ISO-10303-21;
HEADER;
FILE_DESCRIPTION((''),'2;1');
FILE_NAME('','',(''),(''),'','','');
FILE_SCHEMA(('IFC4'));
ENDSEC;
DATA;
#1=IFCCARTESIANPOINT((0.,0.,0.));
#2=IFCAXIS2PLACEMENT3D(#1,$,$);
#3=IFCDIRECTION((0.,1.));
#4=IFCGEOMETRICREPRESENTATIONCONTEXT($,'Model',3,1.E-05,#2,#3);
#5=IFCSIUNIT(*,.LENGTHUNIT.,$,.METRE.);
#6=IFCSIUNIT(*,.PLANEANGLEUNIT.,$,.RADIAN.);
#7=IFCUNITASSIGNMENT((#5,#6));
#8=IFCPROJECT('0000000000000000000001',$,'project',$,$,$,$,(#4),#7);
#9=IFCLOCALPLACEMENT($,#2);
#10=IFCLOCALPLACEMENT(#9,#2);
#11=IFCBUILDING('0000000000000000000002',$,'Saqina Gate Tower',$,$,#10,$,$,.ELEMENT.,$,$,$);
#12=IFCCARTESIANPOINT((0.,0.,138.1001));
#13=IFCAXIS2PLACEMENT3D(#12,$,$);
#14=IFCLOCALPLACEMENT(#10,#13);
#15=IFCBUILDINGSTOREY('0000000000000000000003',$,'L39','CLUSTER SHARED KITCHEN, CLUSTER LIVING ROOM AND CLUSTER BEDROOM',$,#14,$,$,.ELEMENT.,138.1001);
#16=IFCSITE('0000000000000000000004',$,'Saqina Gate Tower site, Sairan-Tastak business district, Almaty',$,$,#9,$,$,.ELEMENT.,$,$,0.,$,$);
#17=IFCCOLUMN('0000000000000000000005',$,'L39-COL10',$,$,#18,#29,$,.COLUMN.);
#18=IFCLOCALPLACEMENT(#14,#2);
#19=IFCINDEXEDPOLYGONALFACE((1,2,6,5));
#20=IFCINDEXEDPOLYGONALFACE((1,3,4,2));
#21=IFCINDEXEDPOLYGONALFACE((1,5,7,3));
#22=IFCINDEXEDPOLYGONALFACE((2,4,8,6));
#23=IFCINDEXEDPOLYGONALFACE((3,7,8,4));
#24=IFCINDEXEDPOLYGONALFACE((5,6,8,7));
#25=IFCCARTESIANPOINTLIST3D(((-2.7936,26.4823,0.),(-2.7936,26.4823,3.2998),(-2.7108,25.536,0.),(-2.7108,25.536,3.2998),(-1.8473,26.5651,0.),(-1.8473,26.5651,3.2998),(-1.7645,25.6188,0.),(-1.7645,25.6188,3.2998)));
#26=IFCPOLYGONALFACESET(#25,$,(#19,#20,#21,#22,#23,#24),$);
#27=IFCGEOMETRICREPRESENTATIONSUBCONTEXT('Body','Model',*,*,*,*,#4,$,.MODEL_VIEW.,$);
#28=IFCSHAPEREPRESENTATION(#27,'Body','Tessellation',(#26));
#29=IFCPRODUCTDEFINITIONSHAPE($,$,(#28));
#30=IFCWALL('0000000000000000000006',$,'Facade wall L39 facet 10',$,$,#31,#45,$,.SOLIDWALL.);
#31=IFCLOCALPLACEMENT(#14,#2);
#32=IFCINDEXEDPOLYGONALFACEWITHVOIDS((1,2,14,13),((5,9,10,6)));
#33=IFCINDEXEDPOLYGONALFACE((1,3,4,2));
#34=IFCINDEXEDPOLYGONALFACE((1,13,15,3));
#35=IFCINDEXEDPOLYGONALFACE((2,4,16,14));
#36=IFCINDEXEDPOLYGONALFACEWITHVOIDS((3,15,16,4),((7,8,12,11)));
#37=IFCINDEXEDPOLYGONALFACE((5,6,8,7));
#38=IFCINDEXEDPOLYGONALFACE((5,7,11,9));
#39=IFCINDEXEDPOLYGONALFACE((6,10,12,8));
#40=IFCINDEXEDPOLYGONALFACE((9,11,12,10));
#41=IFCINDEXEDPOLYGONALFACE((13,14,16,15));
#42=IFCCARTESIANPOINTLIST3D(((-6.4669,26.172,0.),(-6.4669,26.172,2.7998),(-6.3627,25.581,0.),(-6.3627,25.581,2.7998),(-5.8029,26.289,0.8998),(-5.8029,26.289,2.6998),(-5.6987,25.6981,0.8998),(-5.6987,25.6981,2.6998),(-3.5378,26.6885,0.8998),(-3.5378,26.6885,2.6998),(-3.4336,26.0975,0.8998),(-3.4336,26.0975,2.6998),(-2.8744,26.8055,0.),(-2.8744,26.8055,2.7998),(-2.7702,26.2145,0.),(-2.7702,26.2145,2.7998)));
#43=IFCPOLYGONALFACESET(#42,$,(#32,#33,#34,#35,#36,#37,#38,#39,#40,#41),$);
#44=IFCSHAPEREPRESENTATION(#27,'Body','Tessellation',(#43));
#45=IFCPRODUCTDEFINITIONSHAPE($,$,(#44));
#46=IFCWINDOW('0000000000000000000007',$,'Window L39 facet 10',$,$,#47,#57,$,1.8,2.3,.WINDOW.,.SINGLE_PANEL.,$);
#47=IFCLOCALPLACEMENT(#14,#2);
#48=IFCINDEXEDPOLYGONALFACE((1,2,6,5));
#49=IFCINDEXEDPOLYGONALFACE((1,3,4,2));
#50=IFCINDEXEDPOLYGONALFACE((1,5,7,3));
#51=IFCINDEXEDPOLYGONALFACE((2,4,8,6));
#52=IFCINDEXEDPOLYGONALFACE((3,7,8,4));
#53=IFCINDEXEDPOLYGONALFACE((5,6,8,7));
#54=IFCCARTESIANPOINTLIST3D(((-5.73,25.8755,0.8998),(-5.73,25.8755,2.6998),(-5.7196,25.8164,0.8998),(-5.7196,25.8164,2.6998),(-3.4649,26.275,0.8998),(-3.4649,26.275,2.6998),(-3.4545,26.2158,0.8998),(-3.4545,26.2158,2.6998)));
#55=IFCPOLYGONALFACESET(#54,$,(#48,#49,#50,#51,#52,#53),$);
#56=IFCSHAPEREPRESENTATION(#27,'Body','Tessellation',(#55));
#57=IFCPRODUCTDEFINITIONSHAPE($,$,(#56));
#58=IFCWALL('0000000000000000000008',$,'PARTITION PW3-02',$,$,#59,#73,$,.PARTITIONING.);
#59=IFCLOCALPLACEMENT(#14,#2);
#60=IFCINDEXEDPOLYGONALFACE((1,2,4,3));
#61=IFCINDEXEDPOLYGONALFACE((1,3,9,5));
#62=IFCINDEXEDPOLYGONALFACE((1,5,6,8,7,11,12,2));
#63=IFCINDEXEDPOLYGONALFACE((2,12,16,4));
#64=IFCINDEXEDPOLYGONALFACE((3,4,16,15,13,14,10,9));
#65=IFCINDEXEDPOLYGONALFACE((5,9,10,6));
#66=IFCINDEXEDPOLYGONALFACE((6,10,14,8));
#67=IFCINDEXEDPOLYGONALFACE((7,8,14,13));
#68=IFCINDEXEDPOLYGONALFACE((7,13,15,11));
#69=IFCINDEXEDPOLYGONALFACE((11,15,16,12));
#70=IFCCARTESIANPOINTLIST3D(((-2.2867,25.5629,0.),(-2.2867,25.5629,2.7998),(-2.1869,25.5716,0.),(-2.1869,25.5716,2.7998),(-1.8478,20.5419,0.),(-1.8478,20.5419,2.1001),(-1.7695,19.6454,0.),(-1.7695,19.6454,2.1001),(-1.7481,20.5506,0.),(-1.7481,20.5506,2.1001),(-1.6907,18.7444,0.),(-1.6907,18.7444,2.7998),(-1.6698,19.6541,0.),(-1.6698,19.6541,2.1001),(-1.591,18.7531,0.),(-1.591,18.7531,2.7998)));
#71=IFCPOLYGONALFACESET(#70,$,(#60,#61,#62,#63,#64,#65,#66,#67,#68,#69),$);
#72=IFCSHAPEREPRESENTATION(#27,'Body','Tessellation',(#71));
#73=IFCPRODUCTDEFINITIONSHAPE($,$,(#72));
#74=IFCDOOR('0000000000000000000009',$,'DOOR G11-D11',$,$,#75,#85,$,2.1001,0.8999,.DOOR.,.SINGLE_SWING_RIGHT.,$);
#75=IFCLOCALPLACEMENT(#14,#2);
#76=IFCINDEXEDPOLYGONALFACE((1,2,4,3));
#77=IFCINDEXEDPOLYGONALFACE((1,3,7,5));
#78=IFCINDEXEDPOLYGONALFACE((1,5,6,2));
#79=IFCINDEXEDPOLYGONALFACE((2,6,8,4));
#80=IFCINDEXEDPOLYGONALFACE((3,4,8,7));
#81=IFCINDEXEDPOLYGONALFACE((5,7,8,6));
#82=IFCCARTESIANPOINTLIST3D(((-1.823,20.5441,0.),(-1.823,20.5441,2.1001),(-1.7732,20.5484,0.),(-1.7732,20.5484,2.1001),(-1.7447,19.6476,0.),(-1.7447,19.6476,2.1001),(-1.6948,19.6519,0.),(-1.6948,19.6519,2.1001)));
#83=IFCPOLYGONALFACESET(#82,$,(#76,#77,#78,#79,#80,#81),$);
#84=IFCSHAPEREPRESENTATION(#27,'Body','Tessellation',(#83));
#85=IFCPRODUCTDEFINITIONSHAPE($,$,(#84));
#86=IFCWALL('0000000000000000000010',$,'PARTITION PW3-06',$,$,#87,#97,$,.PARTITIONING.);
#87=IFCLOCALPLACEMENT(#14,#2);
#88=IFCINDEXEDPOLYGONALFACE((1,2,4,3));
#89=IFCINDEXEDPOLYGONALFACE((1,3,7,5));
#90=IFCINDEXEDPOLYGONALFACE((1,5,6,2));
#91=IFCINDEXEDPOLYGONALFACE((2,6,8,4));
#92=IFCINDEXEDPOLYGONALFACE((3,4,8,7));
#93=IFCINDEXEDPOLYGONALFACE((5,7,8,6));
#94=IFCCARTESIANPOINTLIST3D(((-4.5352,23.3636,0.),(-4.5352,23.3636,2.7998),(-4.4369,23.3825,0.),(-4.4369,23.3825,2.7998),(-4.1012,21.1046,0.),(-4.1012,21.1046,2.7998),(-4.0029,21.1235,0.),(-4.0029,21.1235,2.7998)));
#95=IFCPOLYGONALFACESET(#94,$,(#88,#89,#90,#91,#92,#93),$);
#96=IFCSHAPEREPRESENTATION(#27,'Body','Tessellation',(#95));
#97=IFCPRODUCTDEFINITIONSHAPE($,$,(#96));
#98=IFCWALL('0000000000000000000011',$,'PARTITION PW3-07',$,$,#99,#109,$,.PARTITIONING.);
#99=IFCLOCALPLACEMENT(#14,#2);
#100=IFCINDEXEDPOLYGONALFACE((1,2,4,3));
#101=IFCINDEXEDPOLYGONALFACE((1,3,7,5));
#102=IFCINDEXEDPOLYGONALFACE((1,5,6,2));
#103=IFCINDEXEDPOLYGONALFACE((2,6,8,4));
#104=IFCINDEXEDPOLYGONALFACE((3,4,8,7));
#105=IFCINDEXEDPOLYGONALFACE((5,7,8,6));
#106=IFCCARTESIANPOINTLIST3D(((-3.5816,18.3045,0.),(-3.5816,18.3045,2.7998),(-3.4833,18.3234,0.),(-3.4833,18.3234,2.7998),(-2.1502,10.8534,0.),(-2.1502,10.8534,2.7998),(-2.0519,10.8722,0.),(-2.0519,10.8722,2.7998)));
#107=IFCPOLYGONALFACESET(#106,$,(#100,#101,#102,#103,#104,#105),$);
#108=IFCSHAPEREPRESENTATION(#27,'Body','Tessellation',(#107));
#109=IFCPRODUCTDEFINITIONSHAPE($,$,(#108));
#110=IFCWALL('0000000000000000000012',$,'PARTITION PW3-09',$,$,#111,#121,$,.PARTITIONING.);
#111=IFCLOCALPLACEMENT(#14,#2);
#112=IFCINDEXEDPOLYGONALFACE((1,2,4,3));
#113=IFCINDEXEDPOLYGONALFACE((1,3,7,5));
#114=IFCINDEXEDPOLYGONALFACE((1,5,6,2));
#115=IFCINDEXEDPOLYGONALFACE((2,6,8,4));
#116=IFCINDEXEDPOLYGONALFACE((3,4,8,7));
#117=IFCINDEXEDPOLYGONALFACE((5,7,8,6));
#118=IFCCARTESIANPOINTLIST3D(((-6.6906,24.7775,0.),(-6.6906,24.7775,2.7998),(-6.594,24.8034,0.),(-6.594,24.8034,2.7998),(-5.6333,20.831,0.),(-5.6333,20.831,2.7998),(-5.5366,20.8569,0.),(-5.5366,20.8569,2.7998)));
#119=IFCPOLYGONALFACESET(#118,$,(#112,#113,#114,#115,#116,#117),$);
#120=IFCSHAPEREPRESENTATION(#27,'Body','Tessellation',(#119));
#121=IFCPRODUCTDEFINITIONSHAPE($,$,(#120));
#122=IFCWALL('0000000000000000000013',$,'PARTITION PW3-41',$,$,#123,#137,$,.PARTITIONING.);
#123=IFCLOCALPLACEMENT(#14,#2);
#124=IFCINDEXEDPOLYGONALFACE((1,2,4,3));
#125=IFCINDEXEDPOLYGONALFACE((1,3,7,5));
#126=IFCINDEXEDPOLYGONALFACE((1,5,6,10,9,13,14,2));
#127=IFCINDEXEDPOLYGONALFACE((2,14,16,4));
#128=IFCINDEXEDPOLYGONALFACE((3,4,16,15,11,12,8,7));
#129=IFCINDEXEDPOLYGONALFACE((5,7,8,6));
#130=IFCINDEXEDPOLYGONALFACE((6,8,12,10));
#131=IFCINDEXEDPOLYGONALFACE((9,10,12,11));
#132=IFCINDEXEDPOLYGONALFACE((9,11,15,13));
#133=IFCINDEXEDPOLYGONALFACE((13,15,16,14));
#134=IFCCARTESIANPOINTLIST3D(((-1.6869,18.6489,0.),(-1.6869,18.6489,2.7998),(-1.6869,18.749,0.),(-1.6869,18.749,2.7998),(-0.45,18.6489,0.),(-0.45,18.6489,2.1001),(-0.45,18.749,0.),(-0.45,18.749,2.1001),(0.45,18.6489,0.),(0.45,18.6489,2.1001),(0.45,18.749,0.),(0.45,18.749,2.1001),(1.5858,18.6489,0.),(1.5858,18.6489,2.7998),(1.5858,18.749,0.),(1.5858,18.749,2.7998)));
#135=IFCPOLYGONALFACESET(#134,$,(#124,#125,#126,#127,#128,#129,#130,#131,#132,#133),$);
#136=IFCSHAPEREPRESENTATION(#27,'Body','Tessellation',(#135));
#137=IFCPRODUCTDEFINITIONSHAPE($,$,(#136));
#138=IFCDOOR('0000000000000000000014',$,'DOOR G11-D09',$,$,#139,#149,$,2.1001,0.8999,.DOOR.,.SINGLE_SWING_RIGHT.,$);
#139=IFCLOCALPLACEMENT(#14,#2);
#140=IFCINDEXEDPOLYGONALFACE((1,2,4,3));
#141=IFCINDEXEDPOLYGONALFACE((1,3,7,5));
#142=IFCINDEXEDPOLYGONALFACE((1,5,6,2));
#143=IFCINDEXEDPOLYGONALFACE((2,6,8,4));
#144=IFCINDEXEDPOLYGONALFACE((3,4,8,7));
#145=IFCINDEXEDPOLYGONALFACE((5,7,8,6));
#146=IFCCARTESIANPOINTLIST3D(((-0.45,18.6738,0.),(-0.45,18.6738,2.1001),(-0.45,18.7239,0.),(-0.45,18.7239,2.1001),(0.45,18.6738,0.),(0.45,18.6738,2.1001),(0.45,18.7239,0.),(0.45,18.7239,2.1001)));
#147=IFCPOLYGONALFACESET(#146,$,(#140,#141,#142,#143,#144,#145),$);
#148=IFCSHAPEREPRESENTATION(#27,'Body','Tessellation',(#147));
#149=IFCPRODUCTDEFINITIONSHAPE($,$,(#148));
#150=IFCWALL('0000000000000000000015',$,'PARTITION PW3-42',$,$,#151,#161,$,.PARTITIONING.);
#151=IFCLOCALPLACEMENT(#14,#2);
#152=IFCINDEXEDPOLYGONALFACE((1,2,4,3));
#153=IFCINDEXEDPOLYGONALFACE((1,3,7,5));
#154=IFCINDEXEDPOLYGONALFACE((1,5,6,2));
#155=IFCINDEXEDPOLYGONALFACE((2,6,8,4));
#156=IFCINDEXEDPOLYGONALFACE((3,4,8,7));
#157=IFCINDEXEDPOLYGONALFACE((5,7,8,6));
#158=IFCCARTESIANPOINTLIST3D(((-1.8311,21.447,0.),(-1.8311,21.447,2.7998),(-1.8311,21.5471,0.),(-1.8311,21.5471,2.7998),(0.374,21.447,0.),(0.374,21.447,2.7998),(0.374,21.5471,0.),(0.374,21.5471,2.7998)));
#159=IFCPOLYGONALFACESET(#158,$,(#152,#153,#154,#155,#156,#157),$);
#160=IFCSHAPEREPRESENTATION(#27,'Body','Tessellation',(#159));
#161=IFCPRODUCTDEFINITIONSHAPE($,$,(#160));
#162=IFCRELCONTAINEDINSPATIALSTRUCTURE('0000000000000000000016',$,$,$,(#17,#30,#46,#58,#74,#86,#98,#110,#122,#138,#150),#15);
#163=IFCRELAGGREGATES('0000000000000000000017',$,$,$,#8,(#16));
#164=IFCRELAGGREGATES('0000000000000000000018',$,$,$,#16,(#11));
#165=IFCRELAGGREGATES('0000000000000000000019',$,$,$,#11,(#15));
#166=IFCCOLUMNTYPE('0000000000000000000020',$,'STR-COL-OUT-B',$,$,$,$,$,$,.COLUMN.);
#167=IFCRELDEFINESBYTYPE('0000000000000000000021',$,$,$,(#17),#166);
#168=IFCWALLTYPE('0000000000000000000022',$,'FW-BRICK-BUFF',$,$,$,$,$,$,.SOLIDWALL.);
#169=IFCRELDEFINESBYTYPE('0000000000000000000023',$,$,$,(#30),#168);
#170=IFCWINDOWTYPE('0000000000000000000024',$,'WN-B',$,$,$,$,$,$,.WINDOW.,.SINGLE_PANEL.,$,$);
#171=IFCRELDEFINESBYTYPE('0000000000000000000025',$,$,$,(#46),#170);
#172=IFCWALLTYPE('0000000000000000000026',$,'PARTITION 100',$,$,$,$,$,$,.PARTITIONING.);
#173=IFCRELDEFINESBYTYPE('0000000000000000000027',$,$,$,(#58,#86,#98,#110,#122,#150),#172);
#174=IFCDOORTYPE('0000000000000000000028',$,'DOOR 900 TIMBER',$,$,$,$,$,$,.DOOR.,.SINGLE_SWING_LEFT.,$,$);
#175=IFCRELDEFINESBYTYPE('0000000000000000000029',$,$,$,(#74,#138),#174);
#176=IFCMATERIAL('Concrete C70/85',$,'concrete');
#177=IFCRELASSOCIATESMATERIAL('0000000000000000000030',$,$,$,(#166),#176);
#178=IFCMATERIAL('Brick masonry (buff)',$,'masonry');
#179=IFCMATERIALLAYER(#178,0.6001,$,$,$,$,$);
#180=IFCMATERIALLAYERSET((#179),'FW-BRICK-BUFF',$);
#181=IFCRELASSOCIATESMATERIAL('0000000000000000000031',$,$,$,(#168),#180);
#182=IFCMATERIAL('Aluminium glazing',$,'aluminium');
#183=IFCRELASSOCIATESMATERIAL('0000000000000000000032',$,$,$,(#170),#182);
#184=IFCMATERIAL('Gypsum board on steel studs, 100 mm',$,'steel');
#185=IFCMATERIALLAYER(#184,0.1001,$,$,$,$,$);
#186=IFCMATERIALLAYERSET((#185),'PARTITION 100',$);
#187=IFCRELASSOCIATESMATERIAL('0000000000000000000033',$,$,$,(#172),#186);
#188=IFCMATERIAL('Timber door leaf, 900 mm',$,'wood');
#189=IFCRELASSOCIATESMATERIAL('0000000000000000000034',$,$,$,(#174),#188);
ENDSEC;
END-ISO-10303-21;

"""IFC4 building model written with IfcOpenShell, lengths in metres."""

from ifc_helpers import new_model, si_unit, direction, frame, frame_2d, origin, origin_2d, place, context, subcontext, project, spatial, rectangle, extrude, material, layer, layer_set, material_profile, profile_set, type_object, element, fill, save


model = new_model("IFC4")

# Units and contexts
model_context = context("Model", 3, precision=1e-05, world=origin(), true_north=direction((0.0, 1.0)))
body_context = subcontext(model_context, "Body", "Model", "MODEL_VIEW")
ifc_project = project(units=[si_unit("LENGTHUNIT", "METRE"), si_unit("PLANEANGLEUNIT", "RADIAN")], contexts=[model_context])

# Site, building, storey
site_placement = place(None, origin())
site = spatial("IfcSite", under=ifc_project, at=site_placement, Name="Saqina Gate Tower site, Sairan-Tastak business district, Almaty", CompositionType="ELEMENT", RefElevation=0.0)
building_placement = place(site_placement, origin())
building = spatial("IfcBuilding", under=site, at=building_placement, Name="Saqina Gate Tower", CompositionType="ELEMENT")
storey_placement = place(building_placement, frame((0.0, 0.0, 138.1001)))
storey = spatial("IfcBuildingStorey", under=building, at=storey_placement, Name="L39", Description="CLUSTER SHARED KITCHEN, CLUSTER LIVING ROOM AND CLUSTER BEDROOM", CompositionType="ELEMENT", Elevation=138.1001)

# Column
ifc_material_1 = material(Name="Concrete C70/85", Category="concrete")
ifc_material_profile = material_profile(ifc_material_1, rectangle(XDim=0.95, YDim=0.95, at=origin_2d()), Name="RC 950x950")
ifc_profile_set = profile_set([ifc_material_profile], Name="Concrete C70/85")
column_type = type_object("IfcColumnType", Name="STR-COL-OUT-B", PredefinedType="COLUMN", material=ifc_profile_set)
column_placement = place(storey_placement, frame((-2.2791, 26.0505, 0.0), z_axis=(0.0, 0.0, 1.0), x_axis=(-0.087156, 0.996195, 0.0)))
element("IfcColumn", 1, at=column_placement, inside=storey, type_object=column_type, Name="L39-COL10", PredefinedType="COLUMN", context=body_context, shape_type="SweptSolid", body=[
    extrude(rectangle(XDim=0.95, YDim=0.95, at=origin_2d()), origin(), (0.0, 0.0, 1.0), 3.2998),
])

# Wall, opening, window
ifc_material_2 = material(Name="Brick masonry (buff)", Category="masonry")
ifc_layer_1 = layer(ifc_material_2, 0.6001)
ifc_layer_set_1 = layer_set([ifc_layer_1], Name="FW-BRICK-BUFF")
wall_type_1 = type_object("IfcWallType", Name="FW-BRICK-BUFF", PredefinedType="SOLIDWALL", material=ifc_layer_set_1)
wall_1_placement = place(storey_placement, frame((-2.8223, 26.51, 0.0), z_axis=(0.0, 0.0, 1.0), x_axis=(-0.984804, -0.173671, 0.0)))
wall_1 = element("IfcWall", 2, at=wall_1_placement, inside=storey, type_object=wall_type_1, Name="Facade wall L39 facet 10", PredefinedType="SOLIDWALL", context=body_context, shape_type="SweptSolid", body=[
    extrude(rectangle(XDim=3.6479, YDim=0.6001, at=frame_2d((1.824, 0.0))), origin(), (0.0, 0.0, 1.0), 2.7998),
])
opening_1_placement = place(wall_1_placement, frame((0.6738, 0.0, 0.8999)))
opening_1 = element("IfcOpeningElement", 3, at=opening_1_placement, cuts=wall_1, PredefinedType="OPENING", context=body_context, shape_type="SweptSolid", body=[
    extrude(rectangle(XDim=2.3, YDim=1.8, at=frame_2d((1.1499, 0.8999))), frame((0.0, 0.312, 0.0), z_axis=(0.0, -1.0, 0.0), x_axis=(1.0, 0.0, 0.0)), (0.0, 0.0, 1.0), 0.624),
])
ifc_material_3 = material(Name="Aluminium glazing", Category="aluminium")
window_type = type_object("IfcWindowType", Name="WN-B", PartitioningType="SINGLE_PANEL", PredefinedType="WINDOW", material=ifc_material_3)
window_placement = place(opening_1_placement, origin())
window = element("IfcWindow", 4, at=window_placement, inside=storey, type_object=window_type, Name="Window L39 facet 10", OverallHeight=1.8, OverallWidth=2.3, PartitioningType="SINGLE_PANEL", PredefinedType="WINDOW", context=body_context, shape_type="SweptSolid", body=[
    extrude(rectangle(XDim=2.3, YDim=1.8, at=frame_2d((1.1499, 0.8999))), frame((0.0, 0.1799, 0.0), z_axis=(0.0, -1.0, 0.0), x_axis=(1.0, 0.0, 0.0)), (0.0, 0.0, 1.0), 0.0601),
])
fill(opening_1, window)

# Wall, opening, door
ifc_material_4 = material(Name="Gypsum board on steel studs, 100 mm", Category="steel")
ifc_layer_2 = layer(ifc_material_4, 0.1001)
ifc_layer_set_2 = layer_set([ifc_layer_2], Name="PARTITION 100")
wall_type_2 = type_object("IfcWallType", Name="PARTITION 100", PredefinedType="PARTITIONING", material=ifc_layer_set_2)
wall_2_placement = place(storey_placement, frame((-2.2368, 25.5674, 0.0), z_axis=(0.0, 0.0, 1.0), x_axis=(0.087068, -0.996202, 0.0)))
wall_2 = element("IfcWall", 5, at=wall_2_placement, inside=storey, type_object=wall_type_2, Name="PARTITION PW3-02", PredefinedType="PARTITIONING", context=body_context, shape_type="SweptSolid", body=[
    extrude(rectangle(XDim=6.8445, YDim=0.1001, at=frame_2d((3.4224, 0.0))), origin(), (0.0, 0.0, 1.0), 2.7998),
])
opening_2_placement = place(wall_2_placement, frame((5.0403, 0.0, 0.0)))
opening_2 = element("IfcOpeningElement", 6, at=opening_2_placement, cuts=wall_2, PredefinedType="OPENING", context=body_context, shape_type="SweptSolid", body=[
    extrude(rectangle(XDim=0.8999, YDim=2.1001, at=frame_2d((0.45, 1.05))), frame((0.0, 0.062, 0.0), z_axis=(0.0, -1.0, 0.0), x_axis=(1.0, 0.0, 0.0)), (0.0, 0.0, 1.0), 0.124),
])
ifc_material_5 = material(Name="Timber door leaf, 900 mm", Category="wood")
door_type_1 = type_object("IfcDoorType", Name="DOOR 900 TIMBER", OperationType="SINGLE_SWING_LEFT", PredefinedType="DOOR", material=ifc_material_5)
door_1_placement = place(opening_2_placement, origin())
door_1 = element("IfcDoor", 7, at=door_1_placement, inside=storey, type_object=door_type_1, Name="DOOR G11-D11", OperationType="SINGLE_SWING_RIGHT", OverallHeight=2.1001, OverallWidth=0.8999, PredefinedType="DOOR", context=body_context, shape_type="SweptSolid", body=[
    extrude(rectangle(XDim=0.8999, YDim=2.1001, at=frame_2d((0.45, 1.05))), frame((0.0, 0.0249, 0.0), z_axis=(0.0, -1.0, 0.0), x_axis=(1.0, 0.0, 0.0)), (0.0, 0.0, 1.0), 0.05),
])
fill(opening_2, door_1)

# Walls
wall_3_placement = place(storey_placement, frame((-4.4861, 23.373, 0.0), z_axis=(0.0, 0.0, 1.0), x_axis=(0.188702, -0.982034, 0.0)))
element("IfcWall", 8, at=wall_3_placement, inside=storey, type_object=wall_type_2, Name="PARTITION PW3-06", PredefinedType="PARTITIONING", context=body_context, shape_type="SweptSolid", body=[
    extrude(rectangle(XDim=2.3003, YDim=0.1001, at=frame_2d((1.1501, 0.0))), origin(), (0.0, 0.0, 1.0), 2.7998),
])
wall_4_placement = place(storey_placement, frame((-3.5325, 18.314, 0.0), z_axis=(0.0, 0.0, 1.0), x_axis=(0.188654, -0.982044, 0.0)))
element("IfcWall", 9, at=wall_4_placement, inside=storey, type_object=wall_type_2, Name="PARTITION PW3-07", PredefinedType="PARTITIONING", context=body_context, shape_type="SweptSolid", body=[
    extrude(rectangle(XDim=7.5874, YDim=0.1001, at=frame_2d((3.7937, 0.0))), origin(), (0.0, 0.0, 1.0), 2.7998),
])
wall_5_placement = place(storey_placement, frame((-6.6423, 24.7905, 0.0), z_axis=(0.0, 0.0, 1.0), x_axis=(0.258797, -0.965932, 0.0)))
element("IfcWall", 10, at=wall_5_placement, inside=storey, type_object=wall_type_2, Name="PARTITION PW3-09", PredefinedType="PARTITIONING", context=body_context, shape_type="SweptSolid", body=[
    extrude(rectangle(XDim=4.0857, YDim=0.1001, at=frame_2d((2.043, 0.0))), origin(), (0.0, 0.0, 1.0), 2.7998),
])

# Wall, opening, door
wall_6_placement = place(storey_placement, frame((-1.6868, 18.699, 0.0), z_axis=(0.0, 0.0, 1.0), x_axis=(1.0, 0.0, 0.0)))
wall_6 = element("IfcWall", 11, at=wall_6_placement, inside=storey, type_object=wall_type_2, Name="PARTITION PW3-41", PredefinedType="PARTITIONING", context=body_context, shape_type="SweptSolid", body=[
    extrude(rectangle(XDim=3.2727, YDim=0.1001, at=frame_2d((1.6362, 0.0))), origin(), (0.0, 0.0, 1.0), 2.7998),
])
opening_3_placement = place(wall_6_placement, frame((1.2368, 0.0, 0.0)))
opening_3 = element("IfcOpeningElement", 12, at=opening_3_placement, cuts=wall_6, PredefinedType="OPENING", context=body_context, shape_type="SweptSolid", body=[
    extrude(rectangle(XDim=0.8999, YDim=2.1001, at=frame_2d((0.45, 1.05))), frame((0.0, 0.062, 0.0), z_axis=(0.0, -1.0, 0.0), x_axis=(1.0, 0.0, 0.0)), (0.0, 0.0, 1.0), 0.124),
])
door_2_placement = place(opening_3_placement, origin())
door_2 = element("IfcDoor", 13, at=door_2_placement, inside=storey, type_object=door_type_1, Name="DOOR G11-D09", OperationType="SINGLE_SWING_RIGHT", OverallHeight=2.1001, OverallWidth=0.8999, PredefinedType="DOOR", context=body_context, shape_type="SweptSolid", body=[
    extrude(rectangle(XDim=0.8999, YDim=2.1001, at=frame_2d((0.45, 1.05))), frame((0.0, 0.0249, 0.0), z_axis=(0.0, -1.0, 0.0), x_axis=(1.0, 0.0, 0.0)), (0.0, 0.0, 1.0), 0.05),
])
fill(opening_3, door_2)

# Wall
wall_7_placement = place(storey_placement, frame((-1.8311, 21.4971, 0.0), z_axis=(0.0, 0.0, 1.0), x_axis=(1.0, 0.0, 0.0)))
element("IfcWall", 14, at=wall_7_placement, inside=storey, type_object=wall_type_2, Name="PARTITION PW3-42", PredefinedType="PARTITIONING", context=body_context, shape_type="SweptSolid", body=[
    extrude(rectangle(XDim=2.2051, YDim=0.1001, at=frame_2d((1.1025, 0.0))), origin(), (0.0, 0.0, 1.0), 2.7998),
])

save(model, "model.ifc")
